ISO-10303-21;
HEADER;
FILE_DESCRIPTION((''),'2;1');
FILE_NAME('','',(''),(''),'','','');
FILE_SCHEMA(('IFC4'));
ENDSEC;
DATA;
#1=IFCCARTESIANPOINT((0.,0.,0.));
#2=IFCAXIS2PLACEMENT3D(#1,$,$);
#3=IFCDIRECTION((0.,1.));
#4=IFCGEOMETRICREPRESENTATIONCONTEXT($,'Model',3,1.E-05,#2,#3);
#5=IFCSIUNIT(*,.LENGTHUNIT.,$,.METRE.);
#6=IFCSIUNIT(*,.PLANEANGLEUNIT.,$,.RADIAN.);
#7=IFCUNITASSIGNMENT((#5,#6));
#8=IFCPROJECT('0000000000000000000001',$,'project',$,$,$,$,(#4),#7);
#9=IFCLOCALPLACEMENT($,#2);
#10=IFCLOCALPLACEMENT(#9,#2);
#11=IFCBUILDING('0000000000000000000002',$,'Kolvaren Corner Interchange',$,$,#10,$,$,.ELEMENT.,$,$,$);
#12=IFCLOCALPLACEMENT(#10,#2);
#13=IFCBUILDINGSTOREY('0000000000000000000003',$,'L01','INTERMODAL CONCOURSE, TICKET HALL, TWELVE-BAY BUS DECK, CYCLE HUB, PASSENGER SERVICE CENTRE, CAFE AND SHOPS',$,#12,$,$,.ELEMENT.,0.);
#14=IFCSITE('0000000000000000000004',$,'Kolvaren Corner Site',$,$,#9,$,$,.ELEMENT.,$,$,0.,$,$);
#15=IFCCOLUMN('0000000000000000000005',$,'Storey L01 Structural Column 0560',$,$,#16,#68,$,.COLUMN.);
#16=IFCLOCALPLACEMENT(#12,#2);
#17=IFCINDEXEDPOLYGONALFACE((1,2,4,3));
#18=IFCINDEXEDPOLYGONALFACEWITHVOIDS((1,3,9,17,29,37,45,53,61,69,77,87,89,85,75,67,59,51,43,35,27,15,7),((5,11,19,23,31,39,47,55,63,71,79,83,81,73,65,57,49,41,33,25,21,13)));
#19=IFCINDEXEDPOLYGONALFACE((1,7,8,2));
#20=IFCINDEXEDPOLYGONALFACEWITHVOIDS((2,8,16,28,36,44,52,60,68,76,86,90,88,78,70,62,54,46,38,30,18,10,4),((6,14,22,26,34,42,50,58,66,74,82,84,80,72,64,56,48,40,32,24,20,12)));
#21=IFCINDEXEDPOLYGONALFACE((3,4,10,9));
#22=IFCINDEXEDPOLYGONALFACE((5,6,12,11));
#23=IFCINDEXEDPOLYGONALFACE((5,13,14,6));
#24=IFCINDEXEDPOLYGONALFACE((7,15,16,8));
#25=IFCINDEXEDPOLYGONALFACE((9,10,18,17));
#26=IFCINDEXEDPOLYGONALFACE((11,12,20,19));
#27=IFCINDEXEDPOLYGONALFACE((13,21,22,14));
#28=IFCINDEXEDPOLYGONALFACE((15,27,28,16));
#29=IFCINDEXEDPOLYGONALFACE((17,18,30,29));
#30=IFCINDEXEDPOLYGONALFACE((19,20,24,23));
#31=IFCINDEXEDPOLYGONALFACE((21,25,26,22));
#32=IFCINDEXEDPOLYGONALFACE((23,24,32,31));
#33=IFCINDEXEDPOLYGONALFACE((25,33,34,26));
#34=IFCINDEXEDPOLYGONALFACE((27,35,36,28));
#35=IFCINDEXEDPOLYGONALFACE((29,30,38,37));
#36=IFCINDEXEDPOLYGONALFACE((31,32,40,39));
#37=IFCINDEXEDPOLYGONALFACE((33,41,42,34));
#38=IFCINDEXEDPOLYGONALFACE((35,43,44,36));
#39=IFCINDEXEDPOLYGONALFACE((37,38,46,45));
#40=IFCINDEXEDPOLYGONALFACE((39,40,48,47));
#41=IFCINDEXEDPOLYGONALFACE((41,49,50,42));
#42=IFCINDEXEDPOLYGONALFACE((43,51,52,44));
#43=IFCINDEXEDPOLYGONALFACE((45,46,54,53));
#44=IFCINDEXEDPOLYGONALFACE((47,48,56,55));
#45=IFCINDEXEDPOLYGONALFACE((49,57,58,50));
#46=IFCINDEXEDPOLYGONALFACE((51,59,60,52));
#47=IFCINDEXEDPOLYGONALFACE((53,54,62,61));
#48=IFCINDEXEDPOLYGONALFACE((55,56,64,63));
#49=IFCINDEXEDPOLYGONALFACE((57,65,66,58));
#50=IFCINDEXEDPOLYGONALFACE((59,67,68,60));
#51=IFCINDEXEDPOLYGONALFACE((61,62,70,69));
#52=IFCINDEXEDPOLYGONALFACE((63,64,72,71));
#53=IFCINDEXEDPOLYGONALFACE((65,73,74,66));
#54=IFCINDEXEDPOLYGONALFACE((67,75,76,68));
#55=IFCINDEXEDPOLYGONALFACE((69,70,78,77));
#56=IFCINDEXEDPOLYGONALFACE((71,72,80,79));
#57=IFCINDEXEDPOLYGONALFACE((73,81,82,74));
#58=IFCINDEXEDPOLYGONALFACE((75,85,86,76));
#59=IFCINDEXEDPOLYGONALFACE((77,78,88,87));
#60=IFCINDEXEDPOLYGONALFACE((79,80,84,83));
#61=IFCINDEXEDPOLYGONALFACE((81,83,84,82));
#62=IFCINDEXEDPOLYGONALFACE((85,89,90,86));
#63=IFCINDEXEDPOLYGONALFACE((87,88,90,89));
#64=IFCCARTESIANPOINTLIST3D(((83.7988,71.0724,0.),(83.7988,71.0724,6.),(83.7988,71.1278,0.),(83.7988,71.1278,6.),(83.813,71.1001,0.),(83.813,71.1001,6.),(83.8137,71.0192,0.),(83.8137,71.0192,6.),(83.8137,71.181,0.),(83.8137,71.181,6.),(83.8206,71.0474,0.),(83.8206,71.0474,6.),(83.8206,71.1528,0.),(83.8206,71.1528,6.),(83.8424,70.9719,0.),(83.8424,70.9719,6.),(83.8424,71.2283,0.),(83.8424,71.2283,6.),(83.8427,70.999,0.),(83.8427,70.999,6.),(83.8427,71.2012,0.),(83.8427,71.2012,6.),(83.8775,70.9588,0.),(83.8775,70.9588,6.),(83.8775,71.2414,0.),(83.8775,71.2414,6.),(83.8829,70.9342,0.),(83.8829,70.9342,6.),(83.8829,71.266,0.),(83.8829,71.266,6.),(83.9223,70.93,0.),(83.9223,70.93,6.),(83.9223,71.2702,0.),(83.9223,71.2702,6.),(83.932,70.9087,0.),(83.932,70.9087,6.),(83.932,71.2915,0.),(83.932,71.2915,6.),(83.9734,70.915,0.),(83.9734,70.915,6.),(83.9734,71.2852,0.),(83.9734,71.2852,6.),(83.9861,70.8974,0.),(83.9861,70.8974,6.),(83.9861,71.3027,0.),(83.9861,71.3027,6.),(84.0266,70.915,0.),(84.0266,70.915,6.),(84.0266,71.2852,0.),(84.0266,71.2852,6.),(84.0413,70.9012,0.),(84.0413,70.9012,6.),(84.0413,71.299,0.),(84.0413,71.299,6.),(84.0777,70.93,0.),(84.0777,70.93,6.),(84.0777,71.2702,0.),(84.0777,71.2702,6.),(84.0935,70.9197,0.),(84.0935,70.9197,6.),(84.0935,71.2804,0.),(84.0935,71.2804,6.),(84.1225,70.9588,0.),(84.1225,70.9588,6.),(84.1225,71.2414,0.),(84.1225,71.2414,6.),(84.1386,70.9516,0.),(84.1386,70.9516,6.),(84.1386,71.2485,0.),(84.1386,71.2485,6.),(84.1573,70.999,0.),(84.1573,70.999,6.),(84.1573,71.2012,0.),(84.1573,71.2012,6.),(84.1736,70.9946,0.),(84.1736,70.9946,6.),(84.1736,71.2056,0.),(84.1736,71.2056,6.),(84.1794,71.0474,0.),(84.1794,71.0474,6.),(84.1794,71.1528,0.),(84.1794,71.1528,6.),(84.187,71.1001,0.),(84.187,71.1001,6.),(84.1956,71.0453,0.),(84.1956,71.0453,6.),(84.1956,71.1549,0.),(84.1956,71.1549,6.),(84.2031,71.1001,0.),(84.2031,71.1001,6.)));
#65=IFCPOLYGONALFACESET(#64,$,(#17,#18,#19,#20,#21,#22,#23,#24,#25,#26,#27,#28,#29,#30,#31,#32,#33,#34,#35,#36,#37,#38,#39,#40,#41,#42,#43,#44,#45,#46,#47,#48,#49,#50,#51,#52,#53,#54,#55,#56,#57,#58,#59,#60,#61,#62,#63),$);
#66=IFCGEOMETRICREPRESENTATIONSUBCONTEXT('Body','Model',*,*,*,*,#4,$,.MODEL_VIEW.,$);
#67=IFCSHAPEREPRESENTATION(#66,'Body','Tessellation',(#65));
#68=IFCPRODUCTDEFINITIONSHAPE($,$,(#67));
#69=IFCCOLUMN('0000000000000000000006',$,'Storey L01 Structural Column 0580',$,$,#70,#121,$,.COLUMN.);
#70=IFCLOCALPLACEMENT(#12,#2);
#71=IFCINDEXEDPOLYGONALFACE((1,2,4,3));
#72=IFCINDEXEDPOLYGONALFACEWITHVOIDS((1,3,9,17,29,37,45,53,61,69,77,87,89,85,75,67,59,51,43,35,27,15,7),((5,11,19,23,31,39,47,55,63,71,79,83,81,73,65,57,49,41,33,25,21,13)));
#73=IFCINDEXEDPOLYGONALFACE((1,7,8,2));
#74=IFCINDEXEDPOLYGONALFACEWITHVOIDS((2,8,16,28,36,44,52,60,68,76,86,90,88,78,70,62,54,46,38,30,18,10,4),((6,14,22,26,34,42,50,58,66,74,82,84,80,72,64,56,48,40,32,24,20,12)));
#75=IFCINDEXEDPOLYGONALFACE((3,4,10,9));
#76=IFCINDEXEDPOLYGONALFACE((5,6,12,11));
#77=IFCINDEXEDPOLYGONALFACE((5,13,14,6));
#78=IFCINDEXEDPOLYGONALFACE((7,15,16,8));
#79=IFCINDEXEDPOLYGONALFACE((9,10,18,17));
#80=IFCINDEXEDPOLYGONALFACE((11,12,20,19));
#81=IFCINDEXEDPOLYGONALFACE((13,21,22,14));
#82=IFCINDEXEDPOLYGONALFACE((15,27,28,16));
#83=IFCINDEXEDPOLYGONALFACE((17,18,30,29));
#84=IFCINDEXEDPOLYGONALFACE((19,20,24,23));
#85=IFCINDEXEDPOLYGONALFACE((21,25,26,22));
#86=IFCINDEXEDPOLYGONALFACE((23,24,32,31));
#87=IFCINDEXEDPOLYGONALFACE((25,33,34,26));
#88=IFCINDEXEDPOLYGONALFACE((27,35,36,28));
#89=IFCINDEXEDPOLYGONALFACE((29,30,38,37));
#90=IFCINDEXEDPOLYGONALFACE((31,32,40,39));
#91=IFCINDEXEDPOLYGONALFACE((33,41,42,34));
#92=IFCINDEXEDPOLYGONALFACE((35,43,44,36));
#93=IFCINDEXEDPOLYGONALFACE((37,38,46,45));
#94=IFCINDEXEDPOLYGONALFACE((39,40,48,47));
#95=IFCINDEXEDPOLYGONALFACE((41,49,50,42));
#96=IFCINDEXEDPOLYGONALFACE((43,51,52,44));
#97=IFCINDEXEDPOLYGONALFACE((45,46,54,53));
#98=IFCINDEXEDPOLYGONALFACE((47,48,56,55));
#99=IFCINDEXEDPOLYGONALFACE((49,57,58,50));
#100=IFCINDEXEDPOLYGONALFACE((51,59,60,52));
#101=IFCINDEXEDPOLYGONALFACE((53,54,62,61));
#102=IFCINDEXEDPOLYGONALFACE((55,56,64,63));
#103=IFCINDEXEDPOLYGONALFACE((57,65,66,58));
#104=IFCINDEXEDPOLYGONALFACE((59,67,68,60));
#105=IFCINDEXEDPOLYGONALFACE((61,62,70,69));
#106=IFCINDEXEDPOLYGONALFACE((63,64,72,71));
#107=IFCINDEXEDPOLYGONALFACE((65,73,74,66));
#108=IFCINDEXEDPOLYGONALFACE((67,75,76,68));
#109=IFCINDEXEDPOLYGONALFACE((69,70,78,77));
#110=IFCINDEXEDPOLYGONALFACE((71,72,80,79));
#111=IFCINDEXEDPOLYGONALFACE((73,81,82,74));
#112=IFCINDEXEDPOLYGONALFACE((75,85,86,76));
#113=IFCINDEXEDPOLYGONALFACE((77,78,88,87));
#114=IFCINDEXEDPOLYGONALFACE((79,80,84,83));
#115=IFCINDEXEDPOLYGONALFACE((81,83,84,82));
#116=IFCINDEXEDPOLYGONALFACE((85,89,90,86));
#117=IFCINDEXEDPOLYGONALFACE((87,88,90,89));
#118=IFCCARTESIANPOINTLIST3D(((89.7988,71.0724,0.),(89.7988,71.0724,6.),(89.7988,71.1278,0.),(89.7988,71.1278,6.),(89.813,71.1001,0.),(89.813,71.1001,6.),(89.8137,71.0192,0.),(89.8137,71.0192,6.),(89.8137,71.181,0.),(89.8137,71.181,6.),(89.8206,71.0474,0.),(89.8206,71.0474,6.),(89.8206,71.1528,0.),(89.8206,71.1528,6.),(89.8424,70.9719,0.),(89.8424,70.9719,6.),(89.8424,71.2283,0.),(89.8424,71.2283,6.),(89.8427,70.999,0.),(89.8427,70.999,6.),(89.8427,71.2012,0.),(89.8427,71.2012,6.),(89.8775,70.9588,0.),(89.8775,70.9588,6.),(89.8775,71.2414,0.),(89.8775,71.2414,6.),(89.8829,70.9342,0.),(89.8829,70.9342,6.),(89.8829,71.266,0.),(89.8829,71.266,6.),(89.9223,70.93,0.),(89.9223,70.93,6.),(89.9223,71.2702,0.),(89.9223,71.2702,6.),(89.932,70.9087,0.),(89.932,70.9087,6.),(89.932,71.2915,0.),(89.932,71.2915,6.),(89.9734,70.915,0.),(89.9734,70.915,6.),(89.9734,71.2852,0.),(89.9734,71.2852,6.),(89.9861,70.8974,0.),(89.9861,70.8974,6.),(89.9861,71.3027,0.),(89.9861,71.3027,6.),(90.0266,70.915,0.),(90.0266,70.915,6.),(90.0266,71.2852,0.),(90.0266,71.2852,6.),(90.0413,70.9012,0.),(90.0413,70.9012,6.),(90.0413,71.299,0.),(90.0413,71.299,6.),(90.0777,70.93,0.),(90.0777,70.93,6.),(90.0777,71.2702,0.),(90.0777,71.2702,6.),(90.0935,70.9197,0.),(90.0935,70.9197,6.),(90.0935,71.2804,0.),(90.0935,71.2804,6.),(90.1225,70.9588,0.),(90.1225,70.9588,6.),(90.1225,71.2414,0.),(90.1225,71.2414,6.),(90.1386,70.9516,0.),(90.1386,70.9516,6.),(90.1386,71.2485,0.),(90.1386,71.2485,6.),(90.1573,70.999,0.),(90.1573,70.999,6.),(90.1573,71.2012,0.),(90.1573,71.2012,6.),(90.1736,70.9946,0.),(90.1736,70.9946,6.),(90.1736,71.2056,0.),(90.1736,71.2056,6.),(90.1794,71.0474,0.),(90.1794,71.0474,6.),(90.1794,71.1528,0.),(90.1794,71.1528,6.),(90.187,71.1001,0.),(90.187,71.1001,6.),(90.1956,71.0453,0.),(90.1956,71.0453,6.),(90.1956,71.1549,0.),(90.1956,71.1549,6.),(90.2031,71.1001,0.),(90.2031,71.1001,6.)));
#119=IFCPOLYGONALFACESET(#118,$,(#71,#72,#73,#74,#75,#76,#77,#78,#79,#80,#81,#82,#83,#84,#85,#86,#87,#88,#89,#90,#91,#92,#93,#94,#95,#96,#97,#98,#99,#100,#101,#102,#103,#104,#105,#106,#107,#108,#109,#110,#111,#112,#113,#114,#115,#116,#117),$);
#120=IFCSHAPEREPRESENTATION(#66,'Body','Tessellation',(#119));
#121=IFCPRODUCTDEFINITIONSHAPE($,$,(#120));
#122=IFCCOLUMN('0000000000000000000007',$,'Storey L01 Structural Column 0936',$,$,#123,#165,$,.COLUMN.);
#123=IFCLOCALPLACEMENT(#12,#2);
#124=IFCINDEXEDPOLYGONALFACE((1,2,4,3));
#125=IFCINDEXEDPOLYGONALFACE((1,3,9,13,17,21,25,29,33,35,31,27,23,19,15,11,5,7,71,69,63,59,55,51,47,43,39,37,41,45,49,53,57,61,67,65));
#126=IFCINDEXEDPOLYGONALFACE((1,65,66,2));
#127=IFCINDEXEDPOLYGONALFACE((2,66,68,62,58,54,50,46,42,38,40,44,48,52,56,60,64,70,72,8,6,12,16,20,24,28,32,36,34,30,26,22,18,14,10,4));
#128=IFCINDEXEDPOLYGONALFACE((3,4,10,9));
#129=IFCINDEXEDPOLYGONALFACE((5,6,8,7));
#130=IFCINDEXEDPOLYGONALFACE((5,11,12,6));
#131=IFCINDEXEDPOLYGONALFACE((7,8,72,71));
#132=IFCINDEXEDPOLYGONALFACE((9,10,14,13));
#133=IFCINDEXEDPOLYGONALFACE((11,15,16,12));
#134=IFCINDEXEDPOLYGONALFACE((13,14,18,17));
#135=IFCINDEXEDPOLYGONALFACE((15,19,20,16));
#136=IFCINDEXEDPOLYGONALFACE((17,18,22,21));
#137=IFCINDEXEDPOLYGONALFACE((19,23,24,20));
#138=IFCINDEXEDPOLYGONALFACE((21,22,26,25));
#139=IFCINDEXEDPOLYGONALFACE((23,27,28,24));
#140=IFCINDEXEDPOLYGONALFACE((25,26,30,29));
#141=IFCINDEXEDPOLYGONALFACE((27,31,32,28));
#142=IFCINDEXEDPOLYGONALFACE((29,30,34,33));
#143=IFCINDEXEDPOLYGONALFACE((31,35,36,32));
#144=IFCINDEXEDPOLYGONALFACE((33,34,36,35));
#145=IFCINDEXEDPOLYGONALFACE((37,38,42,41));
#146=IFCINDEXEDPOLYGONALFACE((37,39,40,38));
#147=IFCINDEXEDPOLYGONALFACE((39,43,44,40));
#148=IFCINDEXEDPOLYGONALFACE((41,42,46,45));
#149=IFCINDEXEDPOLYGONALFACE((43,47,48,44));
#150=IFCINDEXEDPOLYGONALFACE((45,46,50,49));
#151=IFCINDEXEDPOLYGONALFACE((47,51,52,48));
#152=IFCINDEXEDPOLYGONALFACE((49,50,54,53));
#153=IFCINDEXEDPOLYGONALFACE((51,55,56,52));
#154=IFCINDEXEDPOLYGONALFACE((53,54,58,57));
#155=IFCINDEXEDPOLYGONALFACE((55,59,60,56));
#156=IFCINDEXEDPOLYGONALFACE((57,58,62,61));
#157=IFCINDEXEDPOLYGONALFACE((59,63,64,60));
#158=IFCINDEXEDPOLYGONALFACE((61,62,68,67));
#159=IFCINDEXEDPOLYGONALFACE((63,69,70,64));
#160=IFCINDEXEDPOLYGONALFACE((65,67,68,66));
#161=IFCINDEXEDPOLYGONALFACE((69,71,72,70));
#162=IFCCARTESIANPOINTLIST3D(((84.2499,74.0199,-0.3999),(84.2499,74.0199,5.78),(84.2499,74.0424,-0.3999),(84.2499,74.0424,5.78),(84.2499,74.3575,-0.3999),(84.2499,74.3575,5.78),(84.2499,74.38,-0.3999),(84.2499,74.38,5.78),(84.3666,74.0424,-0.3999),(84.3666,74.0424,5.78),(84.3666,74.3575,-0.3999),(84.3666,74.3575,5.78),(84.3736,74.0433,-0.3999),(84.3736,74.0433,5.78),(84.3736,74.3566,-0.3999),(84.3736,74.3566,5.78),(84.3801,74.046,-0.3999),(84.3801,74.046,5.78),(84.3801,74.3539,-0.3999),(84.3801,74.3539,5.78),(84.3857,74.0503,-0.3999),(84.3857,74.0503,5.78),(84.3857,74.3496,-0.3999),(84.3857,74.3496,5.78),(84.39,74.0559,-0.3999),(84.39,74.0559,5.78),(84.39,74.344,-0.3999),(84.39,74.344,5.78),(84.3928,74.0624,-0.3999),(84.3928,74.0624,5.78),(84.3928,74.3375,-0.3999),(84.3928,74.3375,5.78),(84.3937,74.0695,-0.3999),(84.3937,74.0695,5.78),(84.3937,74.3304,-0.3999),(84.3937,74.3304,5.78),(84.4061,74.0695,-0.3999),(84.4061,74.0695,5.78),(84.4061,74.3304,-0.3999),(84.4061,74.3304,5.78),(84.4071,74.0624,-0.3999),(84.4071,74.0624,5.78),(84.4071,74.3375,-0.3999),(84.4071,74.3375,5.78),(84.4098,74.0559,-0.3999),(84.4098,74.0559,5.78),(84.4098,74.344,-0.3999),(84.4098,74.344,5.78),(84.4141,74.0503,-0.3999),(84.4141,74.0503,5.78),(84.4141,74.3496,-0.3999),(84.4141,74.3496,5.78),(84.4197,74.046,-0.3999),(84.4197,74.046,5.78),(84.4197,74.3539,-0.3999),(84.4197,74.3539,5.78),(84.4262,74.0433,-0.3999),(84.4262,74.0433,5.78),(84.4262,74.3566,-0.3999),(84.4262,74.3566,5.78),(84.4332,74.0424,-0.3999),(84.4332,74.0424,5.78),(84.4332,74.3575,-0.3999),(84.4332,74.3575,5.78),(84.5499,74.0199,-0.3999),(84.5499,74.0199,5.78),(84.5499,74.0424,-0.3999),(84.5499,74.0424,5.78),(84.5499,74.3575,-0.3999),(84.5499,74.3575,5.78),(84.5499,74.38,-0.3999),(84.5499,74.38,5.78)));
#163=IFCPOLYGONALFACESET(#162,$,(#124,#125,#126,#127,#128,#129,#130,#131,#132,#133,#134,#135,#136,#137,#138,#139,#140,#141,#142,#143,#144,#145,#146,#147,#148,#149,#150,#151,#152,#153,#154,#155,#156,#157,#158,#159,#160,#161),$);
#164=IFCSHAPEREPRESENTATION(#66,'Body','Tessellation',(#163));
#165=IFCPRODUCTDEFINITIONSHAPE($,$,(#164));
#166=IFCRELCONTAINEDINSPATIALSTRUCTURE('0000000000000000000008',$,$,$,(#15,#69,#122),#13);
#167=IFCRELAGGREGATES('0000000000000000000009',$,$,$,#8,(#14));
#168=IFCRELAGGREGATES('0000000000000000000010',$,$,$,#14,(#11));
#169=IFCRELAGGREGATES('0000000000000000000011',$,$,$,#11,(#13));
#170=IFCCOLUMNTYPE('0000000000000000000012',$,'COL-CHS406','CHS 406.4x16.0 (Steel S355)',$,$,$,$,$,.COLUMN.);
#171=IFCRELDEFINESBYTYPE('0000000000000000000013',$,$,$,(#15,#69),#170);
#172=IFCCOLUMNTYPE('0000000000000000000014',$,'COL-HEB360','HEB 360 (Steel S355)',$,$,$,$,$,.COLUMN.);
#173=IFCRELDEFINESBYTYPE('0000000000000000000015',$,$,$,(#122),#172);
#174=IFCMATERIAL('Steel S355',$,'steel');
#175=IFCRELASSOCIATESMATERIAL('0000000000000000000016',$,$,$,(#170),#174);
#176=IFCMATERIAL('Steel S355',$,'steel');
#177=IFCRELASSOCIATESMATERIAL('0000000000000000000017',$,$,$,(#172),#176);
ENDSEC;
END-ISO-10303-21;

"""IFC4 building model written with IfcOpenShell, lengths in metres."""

from ifc_helpers import new_model, si_unit, direction, frame, origin, origin_2d, place, context, subcontext, project, spatial, hollow_circle, i_section, extrude, material, material_profile, profile_set, type_object, element, save


model = new_model("IFC4")

# Units and contexts
model_context = context("Model", 3, precision=1e-05, world=origin(), true_north=direction((0.0, 1.0)))
body_context = subcontext(model_context, "Body", "Model", "MODEL_VIEW")
ifc_project = project(units=[si_unit("LENGTHUNIT", "METRE"), si_unit("PLANEANGLEUNIT", "RADIAN")], contexts=[model_context])

# Site, building, storey
site_placement = place(None, origin())
site = spatial("IfcSite", under=ifc_project, at=site_placement, Name="Kolvaren Corner Site", CompositionType="ELEMENT", RefElevation=0.0)
building_placement = place(site_placement, origin())
building = spatial("IfcBuilding", under=site, at=building_placement, Name="Kolvaren Corner Interchange", CompositionType="ELEMENT")
storey_placement = place(building_placement, origin())
storey = spatial("IfcBuildingStorey", under=building, at=storey_placement, Name="L01", Description="INTERMODAL CONCOURSE, TICKET HALL, TWELVE-BAY BUS DECK, CYCLE HUB, PASSENGER SERVICE CENTRE, CAFE AND SHOPS", CompositionType="ELEMENT", Elevation=0.0)

# Columns
ifc_material_1 = material(Name="Steel S355", Category="steel")
ifc_material_profile_1 = material_profile(ifc_material_1, hollow_circle(Radius=0.2031, WallThickness=0.0161, at=origin_2d()), Name="CHS 406.4x16.0")
ifc_profile_set_1 = profile_set([ifc_material_profile_1], Name="Steel S355")
column_type_1 = type_object("IfcColumnType", Name="COL-CHS406", Description="CHS 406.4x16.0 (Steel S355)", PredefinedType="COLUMN", material=ifc_profile_set_1)
for number, where, z_axis, x_axis, name in (
    (1, (84.0, 71.1001, 0.0), (0.0, 0.0, 1.0), (1.0, 0.0, 0.0), "Storey L01 Structural Column 0560"),
    (2, (90.0, 71.1001, 0.0), (0.0, 0.0, 1.0), (1.0, 0.0, 0.0), "Storey L01 Structural Column 0580"),
):
    element("IfcColumn", number, at=place(storey_placement, frame(where, z_axis=z_axis, x_axis=x_axis)), inside=storey, type_object=column_type_1, Name=name, PredefinedType="COLUMN", context=body_context, shape_type="SweptSolid", body=[
        extrude(hollow_circle(Radius=0.2031, WallThickness=0.0161, at=origin_2d()), origin(), (0.0, 0.0, 1.0), 6.0),
    ])
ifc_material_2 = material(Name="Steel S355", Category="steel")
ifc_material_profile_2 = material_profile(ifc_material_2, i_section(OverallWidth=0.3, OverallDepth=0.3601, WebThickness=0.0125, FlangeThickness=0.0225, FilletRadius=0.0271, at=origin_2d()), Name="HEB 360")
ifc_profile_set_2 = profile_set([ifc_material_profile_2], Name="Steel S355")
column_type_2 = type_object("IfcColumnType", Name="COL-HEB360", Description="HEB 360 (Steel S355)", PredefinedType="COLUMN", material=ifc_profile_set_2)
for number, where, z_axis, x_axis, name in (
    (3, (84.3999, 74.2, -0.3999), (0.0, 0.0, 1.0), (1.0, 0.0, 0.0), "Storey L01 Structural Column 0936"),
):
    element("IfcColumn", number, at=place(storey_placement, frame(where, z_axis=z_axis, x_axis=x_axis)), inside=storey, type_object=column_type_2, Name=name, PredefinedType="COLUMN", context=body_context, shape_type="SweptSolid", body=[
        extrude(i_section(OverallWidth=0.3, OverallDepth=0.3601, WebThickness=0.0125, FlangeThickness=0.0225, FilletRadius=0.0271, at=origin_2d()), origin(), (0.0, 0.0, 1.0), 6.1799),
    ])

save(model, "model.ifc")
